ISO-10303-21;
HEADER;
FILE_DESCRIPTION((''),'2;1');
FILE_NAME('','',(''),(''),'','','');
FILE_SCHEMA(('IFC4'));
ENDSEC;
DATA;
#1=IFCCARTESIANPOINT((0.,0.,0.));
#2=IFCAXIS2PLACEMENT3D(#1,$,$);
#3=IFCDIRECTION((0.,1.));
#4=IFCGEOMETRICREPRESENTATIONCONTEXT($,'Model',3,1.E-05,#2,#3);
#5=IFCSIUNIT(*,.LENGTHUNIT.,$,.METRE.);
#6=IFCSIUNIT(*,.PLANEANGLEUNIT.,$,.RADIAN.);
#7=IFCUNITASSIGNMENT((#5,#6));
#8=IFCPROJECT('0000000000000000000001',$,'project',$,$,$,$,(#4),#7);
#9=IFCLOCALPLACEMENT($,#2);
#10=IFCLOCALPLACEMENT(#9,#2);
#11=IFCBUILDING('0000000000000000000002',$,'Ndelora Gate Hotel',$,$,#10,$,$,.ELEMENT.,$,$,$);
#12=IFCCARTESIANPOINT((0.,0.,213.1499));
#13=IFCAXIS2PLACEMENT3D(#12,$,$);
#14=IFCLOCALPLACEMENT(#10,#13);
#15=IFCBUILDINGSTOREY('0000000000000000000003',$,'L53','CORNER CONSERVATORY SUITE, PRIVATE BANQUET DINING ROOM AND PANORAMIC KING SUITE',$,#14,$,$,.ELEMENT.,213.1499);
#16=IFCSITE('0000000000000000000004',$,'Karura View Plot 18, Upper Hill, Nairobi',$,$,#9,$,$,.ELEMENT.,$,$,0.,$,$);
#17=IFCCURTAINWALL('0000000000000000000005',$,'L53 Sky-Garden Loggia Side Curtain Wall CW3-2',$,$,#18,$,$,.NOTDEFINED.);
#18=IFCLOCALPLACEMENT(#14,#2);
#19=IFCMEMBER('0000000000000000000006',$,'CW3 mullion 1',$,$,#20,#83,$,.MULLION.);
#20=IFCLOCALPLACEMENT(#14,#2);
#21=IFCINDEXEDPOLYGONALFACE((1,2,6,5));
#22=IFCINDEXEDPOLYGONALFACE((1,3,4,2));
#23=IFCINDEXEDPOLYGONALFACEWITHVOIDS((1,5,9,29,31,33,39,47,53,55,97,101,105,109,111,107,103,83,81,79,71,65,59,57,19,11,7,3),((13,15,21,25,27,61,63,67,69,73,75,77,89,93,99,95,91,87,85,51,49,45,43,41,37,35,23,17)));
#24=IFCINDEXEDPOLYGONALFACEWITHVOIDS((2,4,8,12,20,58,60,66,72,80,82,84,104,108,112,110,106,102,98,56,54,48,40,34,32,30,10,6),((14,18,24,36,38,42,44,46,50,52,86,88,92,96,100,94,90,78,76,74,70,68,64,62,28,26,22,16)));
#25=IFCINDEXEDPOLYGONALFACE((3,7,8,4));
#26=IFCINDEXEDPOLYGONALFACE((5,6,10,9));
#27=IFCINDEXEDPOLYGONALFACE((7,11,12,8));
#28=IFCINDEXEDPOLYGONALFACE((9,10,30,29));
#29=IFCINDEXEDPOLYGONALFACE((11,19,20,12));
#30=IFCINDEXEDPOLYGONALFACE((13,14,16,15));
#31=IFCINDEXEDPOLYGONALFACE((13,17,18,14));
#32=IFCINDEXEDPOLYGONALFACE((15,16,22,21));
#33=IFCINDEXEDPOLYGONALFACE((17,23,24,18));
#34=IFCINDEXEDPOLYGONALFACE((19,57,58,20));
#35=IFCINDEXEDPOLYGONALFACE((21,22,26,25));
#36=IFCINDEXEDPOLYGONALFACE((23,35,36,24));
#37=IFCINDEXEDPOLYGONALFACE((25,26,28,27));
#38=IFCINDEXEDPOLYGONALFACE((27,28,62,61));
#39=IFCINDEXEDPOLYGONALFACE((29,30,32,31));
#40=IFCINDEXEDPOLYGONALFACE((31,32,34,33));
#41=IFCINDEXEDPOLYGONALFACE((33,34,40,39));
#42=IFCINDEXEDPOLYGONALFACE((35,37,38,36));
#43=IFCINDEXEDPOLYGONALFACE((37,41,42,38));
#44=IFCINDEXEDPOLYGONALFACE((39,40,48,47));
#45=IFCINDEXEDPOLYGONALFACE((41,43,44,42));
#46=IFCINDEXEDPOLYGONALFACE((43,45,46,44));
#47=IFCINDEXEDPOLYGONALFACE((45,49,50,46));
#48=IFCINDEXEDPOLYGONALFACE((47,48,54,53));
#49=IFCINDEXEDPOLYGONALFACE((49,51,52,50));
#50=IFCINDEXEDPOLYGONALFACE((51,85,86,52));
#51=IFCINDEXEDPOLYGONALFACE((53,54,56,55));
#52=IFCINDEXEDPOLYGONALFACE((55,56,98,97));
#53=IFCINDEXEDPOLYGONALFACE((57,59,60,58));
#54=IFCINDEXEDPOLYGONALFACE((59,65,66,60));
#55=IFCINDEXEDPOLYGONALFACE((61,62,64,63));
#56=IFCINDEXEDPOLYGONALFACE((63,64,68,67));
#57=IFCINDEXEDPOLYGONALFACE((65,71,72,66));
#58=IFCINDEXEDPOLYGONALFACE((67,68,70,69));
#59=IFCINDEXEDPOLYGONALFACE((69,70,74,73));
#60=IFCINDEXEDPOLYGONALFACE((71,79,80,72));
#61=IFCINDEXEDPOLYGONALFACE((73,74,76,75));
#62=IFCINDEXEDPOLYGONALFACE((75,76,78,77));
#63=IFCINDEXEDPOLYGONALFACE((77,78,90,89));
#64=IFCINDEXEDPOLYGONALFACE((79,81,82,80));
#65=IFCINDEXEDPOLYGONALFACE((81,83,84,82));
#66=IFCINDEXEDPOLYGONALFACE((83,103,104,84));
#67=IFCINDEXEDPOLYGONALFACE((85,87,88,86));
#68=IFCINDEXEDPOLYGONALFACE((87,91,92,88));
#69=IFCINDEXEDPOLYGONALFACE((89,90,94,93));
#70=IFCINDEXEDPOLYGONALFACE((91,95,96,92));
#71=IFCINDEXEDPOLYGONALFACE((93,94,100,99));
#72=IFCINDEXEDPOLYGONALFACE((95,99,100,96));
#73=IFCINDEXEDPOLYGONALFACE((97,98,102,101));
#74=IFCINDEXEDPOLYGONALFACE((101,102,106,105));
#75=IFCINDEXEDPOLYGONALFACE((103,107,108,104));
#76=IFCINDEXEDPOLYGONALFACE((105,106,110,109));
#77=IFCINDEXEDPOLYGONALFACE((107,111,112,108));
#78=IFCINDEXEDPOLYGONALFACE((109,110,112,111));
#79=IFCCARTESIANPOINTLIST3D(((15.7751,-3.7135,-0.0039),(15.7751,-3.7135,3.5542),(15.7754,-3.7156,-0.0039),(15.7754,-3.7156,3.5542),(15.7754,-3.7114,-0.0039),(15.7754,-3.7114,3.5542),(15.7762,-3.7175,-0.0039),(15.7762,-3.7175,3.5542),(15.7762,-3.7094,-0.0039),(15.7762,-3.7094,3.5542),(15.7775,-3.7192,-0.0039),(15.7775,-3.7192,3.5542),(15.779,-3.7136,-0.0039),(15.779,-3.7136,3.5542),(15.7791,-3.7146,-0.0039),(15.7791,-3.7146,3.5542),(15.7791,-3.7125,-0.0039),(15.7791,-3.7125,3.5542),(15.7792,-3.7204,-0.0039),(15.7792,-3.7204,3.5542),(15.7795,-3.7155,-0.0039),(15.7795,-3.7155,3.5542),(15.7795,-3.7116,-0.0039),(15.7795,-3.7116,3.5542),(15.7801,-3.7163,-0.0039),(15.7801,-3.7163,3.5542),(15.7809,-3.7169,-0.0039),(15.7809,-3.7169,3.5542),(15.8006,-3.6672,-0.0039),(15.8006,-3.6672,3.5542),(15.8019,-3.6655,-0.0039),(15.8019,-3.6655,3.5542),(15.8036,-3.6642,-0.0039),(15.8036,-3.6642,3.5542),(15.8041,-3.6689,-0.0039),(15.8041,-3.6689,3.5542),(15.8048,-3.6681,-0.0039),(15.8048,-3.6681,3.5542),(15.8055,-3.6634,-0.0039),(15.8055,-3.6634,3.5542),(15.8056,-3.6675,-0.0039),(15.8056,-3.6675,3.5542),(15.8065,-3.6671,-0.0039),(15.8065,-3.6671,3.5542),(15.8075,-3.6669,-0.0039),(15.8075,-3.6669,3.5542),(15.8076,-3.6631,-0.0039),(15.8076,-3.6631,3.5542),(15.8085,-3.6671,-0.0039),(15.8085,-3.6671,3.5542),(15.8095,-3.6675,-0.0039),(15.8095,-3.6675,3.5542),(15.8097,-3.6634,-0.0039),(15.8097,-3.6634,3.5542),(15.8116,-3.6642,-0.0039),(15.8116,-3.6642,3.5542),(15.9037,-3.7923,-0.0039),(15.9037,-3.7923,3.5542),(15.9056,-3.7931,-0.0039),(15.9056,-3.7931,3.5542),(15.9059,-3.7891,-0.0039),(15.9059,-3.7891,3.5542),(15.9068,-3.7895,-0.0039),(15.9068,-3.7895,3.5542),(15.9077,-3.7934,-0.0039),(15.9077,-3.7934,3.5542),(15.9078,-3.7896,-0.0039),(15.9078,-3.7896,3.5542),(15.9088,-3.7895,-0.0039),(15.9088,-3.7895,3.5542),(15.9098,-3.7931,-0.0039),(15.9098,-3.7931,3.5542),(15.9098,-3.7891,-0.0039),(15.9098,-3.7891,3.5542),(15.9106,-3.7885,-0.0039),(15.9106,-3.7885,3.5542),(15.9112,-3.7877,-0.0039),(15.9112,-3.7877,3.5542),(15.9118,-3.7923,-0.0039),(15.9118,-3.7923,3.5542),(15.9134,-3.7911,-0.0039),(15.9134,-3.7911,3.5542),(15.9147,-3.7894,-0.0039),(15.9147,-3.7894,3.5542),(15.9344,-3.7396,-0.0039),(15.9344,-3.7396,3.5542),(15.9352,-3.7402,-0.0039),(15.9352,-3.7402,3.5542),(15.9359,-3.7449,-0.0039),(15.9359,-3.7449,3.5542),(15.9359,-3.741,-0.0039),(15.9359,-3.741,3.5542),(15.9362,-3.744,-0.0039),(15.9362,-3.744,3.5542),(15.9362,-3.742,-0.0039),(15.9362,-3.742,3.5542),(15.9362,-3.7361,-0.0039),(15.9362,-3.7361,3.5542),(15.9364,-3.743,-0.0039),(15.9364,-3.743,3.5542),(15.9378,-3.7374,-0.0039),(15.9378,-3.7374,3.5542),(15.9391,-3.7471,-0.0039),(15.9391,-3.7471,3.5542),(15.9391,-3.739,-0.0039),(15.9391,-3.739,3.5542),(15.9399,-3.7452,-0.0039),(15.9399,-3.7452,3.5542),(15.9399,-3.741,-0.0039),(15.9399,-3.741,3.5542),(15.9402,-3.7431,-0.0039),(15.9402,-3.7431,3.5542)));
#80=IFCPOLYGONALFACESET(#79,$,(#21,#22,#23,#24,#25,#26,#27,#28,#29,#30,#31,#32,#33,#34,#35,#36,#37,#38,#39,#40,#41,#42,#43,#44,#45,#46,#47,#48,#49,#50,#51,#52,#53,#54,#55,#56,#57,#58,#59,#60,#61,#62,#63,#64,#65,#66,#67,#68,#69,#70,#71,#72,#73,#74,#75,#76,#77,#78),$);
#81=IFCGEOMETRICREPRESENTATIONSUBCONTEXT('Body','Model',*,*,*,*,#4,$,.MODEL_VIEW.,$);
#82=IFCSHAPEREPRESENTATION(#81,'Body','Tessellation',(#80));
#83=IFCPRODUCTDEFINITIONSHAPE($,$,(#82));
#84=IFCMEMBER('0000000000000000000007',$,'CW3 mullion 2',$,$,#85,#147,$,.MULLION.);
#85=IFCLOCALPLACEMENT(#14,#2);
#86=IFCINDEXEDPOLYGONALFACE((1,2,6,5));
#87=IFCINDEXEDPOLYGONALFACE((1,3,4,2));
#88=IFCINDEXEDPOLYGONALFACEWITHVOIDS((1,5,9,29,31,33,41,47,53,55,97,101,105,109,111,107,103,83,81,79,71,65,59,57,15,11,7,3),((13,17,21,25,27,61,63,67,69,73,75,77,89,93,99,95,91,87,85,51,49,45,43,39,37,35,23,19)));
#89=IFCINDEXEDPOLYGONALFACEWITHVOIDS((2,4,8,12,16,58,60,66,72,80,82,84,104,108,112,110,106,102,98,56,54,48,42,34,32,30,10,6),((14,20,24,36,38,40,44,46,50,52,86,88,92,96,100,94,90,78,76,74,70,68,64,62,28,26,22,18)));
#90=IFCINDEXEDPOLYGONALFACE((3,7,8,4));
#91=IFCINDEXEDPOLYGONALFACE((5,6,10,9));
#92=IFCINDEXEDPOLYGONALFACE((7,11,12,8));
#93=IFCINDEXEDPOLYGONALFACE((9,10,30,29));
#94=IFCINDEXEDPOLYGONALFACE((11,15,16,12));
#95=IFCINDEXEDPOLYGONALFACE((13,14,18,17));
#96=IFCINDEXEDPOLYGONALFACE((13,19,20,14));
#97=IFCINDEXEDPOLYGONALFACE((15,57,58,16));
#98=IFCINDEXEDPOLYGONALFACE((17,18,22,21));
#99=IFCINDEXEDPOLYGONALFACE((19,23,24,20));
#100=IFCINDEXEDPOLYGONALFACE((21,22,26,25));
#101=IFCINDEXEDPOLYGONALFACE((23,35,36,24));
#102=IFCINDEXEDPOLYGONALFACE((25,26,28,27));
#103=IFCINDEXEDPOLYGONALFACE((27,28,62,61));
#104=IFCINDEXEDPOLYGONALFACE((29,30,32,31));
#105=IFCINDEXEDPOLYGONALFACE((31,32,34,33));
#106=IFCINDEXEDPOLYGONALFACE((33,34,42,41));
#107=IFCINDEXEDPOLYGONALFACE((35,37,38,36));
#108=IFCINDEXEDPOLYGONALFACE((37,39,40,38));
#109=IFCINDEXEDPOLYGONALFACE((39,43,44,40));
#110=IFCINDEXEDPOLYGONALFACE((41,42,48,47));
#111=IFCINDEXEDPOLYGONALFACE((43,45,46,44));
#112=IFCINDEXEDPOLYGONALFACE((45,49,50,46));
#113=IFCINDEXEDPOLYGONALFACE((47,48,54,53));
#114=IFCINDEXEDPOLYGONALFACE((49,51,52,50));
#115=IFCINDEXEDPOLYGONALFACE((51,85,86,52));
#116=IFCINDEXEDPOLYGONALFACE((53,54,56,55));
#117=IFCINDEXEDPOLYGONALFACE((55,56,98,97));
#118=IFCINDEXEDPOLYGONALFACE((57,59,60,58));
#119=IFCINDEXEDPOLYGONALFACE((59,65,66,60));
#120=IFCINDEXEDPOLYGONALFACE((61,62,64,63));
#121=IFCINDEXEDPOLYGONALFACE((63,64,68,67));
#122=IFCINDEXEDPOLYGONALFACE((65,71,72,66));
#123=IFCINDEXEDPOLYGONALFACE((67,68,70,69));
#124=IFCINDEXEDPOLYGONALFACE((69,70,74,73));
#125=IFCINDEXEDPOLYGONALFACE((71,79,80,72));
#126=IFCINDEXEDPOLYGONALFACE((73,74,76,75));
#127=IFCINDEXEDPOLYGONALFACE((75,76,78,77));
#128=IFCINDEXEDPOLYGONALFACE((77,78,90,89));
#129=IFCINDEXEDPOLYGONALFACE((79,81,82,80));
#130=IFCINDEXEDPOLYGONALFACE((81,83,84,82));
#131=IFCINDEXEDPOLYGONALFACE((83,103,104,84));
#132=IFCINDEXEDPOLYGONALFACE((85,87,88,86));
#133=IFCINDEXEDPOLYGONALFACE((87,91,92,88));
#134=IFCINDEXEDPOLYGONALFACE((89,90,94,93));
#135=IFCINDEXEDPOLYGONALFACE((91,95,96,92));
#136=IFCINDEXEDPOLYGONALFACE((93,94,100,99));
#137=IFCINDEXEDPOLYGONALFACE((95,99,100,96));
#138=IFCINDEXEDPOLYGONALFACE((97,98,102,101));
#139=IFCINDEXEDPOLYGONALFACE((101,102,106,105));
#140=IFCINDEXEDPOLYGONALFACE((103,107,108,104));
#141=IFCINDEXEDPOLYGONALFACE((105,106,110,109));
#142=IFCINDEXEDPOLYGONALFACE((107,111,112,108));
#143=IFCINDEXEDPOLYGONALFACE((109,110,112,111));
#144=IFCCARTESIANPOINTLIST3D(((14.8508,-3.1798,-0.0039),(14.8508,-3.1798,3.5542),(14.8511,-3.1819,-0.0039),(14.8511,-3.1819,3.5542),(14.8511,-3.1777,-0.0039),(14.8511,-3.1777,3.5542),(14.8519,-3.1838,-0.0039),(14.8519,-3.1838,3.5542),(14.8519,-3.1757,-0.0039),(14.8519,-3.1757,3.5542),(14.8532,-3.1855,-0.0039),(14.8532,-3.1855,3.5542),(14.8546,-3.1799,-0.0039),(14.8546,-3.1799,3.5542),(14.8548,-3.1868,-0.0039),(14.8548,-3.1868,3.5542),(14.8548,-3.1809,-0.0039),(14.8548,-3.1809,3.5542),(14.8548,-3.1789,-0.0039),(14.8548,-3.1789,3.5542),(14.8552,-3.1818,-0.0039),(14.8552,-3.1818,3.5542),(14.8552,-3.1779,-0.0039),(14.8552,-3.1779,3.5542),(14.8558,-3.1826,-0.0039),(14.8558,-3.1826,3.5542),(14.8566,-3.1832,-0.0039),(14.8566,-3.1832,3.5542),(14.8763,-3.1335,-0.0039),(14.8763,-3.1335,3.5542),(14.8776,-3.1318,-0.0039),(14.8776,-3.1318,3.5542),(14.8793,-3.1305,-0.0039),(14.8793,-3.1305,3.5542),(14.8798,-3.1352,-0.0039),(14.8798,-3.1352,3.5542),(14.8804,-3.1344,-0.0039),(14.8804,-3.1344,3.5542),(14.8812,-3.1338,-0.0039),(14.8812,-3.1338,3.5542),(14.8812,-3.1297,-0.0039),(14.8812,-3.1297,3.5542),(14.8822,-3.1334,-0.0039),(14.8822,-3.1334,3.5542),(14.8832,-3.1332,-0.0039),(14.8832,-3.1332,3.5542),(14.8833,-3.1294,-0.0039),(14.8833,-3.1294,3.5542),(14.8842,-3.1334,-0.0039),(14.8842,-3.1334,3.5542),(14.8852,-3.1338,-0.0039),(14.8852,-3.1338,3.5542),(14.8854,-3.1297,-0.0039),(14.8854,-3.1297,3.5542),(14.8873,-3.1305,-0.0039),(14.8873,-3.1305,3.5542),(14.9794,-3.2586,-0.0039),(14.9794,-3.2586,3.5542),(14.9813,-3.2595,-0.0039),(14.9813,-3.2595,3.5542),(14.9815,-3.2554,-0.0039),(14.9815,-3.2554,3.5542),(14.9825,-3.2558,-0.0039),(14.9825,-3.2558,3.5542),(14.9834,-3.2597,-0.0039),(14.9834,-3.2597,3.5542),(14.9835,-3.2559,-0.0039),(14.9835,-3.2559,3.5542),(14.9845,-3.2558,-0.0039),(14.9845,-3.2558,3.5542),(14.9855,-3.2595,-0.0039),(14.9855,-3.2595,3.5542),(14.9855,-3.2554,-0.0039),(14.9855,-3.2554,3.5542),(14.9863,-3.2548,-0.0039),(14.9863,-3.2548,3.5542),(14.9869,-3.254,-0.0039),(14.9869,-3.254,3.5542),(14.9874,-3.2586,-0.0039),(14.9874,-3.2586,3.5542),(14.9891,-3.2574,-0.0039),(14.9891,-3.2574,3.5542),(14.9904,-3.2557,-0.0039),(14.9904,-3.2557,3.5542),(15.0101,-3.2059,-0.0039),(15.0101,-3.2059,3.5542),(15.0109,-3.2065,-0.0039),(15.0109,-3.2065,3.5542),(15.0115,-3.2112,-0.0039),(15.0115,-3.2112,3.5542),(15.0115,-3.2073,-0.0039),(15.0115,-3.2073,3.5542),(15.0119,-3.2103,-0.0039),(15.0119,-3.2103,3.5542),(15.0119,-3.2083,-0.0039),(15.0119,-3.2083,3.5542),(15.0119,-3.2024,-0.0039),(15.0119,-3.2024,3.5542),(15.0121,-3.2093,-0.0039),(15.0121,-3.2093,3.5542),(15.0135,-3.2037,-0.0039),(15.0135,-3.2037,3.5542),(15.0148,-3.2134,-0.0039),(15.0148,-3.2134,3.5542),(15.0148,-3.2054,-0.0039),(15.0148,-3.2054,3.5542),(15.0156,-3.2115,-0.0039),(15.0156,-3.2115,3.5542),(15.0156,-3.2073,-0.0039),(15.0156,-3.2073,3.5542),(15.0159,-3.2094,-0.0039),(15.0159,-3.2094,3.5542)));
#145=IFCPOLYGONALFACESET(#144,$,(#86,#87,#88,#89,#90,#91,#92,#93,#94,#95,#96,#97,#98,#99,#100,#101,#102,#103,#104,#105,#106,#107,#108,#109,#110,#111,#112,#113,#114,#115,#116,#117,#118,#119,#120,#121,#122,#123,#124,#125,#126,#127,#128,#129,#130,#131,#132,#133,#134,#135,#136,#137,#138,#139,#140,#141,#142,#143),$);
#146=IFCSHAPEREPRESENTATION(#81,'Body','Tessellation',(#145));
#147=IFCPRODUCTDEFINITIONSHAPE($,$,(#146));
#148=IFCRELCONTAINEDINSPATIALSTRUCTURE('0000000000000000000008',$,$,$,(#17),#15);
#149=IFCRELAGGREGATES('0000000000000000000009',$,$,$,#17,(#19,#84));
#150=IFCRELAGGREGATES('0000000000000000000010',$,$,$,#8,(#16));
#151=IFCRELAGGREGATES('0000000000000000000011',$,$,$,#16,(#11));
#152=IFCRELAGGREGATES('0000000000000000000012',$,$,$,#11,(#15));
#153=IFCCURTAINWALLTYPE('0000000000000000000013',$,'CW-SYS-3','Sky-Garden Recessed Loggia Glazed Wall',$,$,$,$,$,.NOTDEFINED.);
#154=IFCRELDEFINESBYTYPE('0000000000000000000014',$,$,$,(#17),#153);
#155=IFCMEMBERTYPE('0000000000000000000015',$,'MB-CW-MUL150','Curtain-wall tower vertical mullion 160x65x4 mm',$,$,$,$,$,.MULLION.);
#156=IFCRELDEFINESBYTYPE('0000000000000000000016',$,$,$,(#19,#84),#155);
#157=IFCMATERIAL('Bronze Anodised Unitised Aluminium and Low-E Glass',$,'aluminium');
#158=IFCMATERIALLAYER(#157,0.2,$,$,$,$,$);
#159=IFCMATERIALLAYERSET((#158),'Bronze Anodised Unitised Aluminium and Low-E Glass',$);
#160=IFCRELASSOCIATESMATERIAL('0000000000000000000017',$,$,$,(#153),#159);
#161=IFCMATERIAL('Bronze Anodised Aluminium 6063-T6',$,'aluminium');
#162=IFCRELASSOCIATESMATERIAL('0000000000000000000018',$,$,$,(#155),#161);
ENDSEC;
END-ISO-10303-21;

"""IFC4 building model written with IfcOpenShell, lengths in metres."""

from ifc_helpers import new_model, si_unit, direction, frame, origin, origin_2d, place, context, subcontext, project, spatial, hollow_rectangle, extrude, material, layer, layer_set, material_profile, profile_set, type_object, element, aggregate, save


model = new_model("IFC4")

# Units and contexts
model_context = context("Model", 3, precision=1e-05, world=origin(), true_north=direction((0.0, 1.0)))
body_context = subcontext(model_context, "Body", "Model", "MODEL_VIEW")
ifc_project = project(units=[si_unit("LENGTHUNIT", "METRE"), si_unit("PLANEANGLEUNIT", "RADIAN")], contexts=[model_context])

# Site, building, storey
site_placement = place(None, origin())
site = spatial("IfcSite", under=ifc_project, at=site_placement, Name="Karura View Plot 18, Upper Hill, Nairobi", CompositionType="ELEMENT", RefElevation=0.0)
building_placement = place(site_placement, origin())
building = spatial("IfcBuilding", under=site, at=building_placement, Name="Ndelora Gate Hotel", CompositionType="ELEMENT")
storey_placement = place(building_placement, frame((0.0, 0.0, 213.1499)))
storey = spatial("IfcBuildingStorey", under=building, at=storey_placement, Name="L53", Description="CORNER CONSERVATORY SUITE, PRIVATE BANQUET DINING ROOM AND PANORAMIC KING SUITE", CompositionType="ELEMENT", Elevation=213.1499)

# Curtain wall, members
ifc_material_1 = material(Name="Bronze Anodised Unitised Aluminium and Low-E Glass", Category="aluminium")
ifc_layer_1 = layer(ifc_material_1, 0.2)
ifc_layer_set_1 = layer_set([ifc_layer_1], Name="Bronze Anodised Unitised Aluminium and Low-E Glass")
curtain_wall_type = type_object("IfcCurtainWallType", Name="CW-SYS-3", Description="Sky-Garden Recessed Loggia Glazed Wall", PredefinedType="NOTDEFINED", material=ifc_layer_set_1)
curtain_wall_placement = place(storey_placement, origin())
curtain_wall = element("IfcCurtainWall", 1, at=curtain_wall_placement, inside=storey, type_object=curtain_wall_type, Name="L53 Sky-Garden Loggia Side Curtain Wall CW3-2", PredefinedType="NOTDEFINED")
ifc_material_2 = material(Name="Bronze Anodised Aluminium 6063-T6", Category="aluminium")
ifc_material_profile_1 = material_profile(ifc_material_2, hollow_rectangle(XDim=0.0649, YDim=0.1599, WallThickness=0.0039, InnerFilletRadius=0.0039, OuterFilletRadius=0.0081, at=origin_2d()), Name="ALU 160x65x4")
ifc_profile_set_1 = profile_set([ifc_material_profile_1], Name="Bronze Anodised Aluminium 6063-T6")
member_type_1 = type_object("IfcMemberType", Name="MB-CW-MUL150", Description="Curtain-wall tower vertical mullion 160x65x4 mm", PredefinedType="MULLION", material=ifc_profile_set_1)
member_1_placement = place(storey_placement, frame((15.8577, -3.7283, -0.0039), z_axis=(0.0, 0.0, 1.0), x_axis=(-0.499991, -0.86603, 0.0)))
member_1 = element("IfcMember", 2, at=member_1_placement, type_object=member_type_1, Name="CW3 mullion 1", PredefinedType="MULLION", context=body_context, shape_type="SweptSolid", body=[
    extrude(hollow_rectangle(XDim=0.0649, YDim=0.1599, WallThickness=0.0039, InnerFilletRadius=0.0039, OuterFilletRadius=0.0081, at=origin_2d()), origin(), (0.0, 0.0, 1.0), 3.5581),
])
member_2_placement = place(storey_placement, frame((14.9333, -3.1946, -0.0039), z_axis=(0.0, 0.0, 1.0), x_axis=(-0.499991, -0.86603, 0.0)))
member_2 = element("IfcMember", 3, at=member_2_placement, type_object=member_type_1, Name="CW3 mullion 2", PredefinedType="MULLION", context=body_context, shape_type="SweptSolid", body=[
    extrude(hollow_rectangle(XDim=0.0649, YDim=0.1599, WallThickness=0.0039, InnerFilletRadius=0.0039, OuterFilletRadius=0.0081, at=origin_2d()), origin(), (0.0, 0.0, 1.0), 3.5581),
])
aggregate(curtain_wall, [member_1, member_2])

save(model, "model.ifc")
